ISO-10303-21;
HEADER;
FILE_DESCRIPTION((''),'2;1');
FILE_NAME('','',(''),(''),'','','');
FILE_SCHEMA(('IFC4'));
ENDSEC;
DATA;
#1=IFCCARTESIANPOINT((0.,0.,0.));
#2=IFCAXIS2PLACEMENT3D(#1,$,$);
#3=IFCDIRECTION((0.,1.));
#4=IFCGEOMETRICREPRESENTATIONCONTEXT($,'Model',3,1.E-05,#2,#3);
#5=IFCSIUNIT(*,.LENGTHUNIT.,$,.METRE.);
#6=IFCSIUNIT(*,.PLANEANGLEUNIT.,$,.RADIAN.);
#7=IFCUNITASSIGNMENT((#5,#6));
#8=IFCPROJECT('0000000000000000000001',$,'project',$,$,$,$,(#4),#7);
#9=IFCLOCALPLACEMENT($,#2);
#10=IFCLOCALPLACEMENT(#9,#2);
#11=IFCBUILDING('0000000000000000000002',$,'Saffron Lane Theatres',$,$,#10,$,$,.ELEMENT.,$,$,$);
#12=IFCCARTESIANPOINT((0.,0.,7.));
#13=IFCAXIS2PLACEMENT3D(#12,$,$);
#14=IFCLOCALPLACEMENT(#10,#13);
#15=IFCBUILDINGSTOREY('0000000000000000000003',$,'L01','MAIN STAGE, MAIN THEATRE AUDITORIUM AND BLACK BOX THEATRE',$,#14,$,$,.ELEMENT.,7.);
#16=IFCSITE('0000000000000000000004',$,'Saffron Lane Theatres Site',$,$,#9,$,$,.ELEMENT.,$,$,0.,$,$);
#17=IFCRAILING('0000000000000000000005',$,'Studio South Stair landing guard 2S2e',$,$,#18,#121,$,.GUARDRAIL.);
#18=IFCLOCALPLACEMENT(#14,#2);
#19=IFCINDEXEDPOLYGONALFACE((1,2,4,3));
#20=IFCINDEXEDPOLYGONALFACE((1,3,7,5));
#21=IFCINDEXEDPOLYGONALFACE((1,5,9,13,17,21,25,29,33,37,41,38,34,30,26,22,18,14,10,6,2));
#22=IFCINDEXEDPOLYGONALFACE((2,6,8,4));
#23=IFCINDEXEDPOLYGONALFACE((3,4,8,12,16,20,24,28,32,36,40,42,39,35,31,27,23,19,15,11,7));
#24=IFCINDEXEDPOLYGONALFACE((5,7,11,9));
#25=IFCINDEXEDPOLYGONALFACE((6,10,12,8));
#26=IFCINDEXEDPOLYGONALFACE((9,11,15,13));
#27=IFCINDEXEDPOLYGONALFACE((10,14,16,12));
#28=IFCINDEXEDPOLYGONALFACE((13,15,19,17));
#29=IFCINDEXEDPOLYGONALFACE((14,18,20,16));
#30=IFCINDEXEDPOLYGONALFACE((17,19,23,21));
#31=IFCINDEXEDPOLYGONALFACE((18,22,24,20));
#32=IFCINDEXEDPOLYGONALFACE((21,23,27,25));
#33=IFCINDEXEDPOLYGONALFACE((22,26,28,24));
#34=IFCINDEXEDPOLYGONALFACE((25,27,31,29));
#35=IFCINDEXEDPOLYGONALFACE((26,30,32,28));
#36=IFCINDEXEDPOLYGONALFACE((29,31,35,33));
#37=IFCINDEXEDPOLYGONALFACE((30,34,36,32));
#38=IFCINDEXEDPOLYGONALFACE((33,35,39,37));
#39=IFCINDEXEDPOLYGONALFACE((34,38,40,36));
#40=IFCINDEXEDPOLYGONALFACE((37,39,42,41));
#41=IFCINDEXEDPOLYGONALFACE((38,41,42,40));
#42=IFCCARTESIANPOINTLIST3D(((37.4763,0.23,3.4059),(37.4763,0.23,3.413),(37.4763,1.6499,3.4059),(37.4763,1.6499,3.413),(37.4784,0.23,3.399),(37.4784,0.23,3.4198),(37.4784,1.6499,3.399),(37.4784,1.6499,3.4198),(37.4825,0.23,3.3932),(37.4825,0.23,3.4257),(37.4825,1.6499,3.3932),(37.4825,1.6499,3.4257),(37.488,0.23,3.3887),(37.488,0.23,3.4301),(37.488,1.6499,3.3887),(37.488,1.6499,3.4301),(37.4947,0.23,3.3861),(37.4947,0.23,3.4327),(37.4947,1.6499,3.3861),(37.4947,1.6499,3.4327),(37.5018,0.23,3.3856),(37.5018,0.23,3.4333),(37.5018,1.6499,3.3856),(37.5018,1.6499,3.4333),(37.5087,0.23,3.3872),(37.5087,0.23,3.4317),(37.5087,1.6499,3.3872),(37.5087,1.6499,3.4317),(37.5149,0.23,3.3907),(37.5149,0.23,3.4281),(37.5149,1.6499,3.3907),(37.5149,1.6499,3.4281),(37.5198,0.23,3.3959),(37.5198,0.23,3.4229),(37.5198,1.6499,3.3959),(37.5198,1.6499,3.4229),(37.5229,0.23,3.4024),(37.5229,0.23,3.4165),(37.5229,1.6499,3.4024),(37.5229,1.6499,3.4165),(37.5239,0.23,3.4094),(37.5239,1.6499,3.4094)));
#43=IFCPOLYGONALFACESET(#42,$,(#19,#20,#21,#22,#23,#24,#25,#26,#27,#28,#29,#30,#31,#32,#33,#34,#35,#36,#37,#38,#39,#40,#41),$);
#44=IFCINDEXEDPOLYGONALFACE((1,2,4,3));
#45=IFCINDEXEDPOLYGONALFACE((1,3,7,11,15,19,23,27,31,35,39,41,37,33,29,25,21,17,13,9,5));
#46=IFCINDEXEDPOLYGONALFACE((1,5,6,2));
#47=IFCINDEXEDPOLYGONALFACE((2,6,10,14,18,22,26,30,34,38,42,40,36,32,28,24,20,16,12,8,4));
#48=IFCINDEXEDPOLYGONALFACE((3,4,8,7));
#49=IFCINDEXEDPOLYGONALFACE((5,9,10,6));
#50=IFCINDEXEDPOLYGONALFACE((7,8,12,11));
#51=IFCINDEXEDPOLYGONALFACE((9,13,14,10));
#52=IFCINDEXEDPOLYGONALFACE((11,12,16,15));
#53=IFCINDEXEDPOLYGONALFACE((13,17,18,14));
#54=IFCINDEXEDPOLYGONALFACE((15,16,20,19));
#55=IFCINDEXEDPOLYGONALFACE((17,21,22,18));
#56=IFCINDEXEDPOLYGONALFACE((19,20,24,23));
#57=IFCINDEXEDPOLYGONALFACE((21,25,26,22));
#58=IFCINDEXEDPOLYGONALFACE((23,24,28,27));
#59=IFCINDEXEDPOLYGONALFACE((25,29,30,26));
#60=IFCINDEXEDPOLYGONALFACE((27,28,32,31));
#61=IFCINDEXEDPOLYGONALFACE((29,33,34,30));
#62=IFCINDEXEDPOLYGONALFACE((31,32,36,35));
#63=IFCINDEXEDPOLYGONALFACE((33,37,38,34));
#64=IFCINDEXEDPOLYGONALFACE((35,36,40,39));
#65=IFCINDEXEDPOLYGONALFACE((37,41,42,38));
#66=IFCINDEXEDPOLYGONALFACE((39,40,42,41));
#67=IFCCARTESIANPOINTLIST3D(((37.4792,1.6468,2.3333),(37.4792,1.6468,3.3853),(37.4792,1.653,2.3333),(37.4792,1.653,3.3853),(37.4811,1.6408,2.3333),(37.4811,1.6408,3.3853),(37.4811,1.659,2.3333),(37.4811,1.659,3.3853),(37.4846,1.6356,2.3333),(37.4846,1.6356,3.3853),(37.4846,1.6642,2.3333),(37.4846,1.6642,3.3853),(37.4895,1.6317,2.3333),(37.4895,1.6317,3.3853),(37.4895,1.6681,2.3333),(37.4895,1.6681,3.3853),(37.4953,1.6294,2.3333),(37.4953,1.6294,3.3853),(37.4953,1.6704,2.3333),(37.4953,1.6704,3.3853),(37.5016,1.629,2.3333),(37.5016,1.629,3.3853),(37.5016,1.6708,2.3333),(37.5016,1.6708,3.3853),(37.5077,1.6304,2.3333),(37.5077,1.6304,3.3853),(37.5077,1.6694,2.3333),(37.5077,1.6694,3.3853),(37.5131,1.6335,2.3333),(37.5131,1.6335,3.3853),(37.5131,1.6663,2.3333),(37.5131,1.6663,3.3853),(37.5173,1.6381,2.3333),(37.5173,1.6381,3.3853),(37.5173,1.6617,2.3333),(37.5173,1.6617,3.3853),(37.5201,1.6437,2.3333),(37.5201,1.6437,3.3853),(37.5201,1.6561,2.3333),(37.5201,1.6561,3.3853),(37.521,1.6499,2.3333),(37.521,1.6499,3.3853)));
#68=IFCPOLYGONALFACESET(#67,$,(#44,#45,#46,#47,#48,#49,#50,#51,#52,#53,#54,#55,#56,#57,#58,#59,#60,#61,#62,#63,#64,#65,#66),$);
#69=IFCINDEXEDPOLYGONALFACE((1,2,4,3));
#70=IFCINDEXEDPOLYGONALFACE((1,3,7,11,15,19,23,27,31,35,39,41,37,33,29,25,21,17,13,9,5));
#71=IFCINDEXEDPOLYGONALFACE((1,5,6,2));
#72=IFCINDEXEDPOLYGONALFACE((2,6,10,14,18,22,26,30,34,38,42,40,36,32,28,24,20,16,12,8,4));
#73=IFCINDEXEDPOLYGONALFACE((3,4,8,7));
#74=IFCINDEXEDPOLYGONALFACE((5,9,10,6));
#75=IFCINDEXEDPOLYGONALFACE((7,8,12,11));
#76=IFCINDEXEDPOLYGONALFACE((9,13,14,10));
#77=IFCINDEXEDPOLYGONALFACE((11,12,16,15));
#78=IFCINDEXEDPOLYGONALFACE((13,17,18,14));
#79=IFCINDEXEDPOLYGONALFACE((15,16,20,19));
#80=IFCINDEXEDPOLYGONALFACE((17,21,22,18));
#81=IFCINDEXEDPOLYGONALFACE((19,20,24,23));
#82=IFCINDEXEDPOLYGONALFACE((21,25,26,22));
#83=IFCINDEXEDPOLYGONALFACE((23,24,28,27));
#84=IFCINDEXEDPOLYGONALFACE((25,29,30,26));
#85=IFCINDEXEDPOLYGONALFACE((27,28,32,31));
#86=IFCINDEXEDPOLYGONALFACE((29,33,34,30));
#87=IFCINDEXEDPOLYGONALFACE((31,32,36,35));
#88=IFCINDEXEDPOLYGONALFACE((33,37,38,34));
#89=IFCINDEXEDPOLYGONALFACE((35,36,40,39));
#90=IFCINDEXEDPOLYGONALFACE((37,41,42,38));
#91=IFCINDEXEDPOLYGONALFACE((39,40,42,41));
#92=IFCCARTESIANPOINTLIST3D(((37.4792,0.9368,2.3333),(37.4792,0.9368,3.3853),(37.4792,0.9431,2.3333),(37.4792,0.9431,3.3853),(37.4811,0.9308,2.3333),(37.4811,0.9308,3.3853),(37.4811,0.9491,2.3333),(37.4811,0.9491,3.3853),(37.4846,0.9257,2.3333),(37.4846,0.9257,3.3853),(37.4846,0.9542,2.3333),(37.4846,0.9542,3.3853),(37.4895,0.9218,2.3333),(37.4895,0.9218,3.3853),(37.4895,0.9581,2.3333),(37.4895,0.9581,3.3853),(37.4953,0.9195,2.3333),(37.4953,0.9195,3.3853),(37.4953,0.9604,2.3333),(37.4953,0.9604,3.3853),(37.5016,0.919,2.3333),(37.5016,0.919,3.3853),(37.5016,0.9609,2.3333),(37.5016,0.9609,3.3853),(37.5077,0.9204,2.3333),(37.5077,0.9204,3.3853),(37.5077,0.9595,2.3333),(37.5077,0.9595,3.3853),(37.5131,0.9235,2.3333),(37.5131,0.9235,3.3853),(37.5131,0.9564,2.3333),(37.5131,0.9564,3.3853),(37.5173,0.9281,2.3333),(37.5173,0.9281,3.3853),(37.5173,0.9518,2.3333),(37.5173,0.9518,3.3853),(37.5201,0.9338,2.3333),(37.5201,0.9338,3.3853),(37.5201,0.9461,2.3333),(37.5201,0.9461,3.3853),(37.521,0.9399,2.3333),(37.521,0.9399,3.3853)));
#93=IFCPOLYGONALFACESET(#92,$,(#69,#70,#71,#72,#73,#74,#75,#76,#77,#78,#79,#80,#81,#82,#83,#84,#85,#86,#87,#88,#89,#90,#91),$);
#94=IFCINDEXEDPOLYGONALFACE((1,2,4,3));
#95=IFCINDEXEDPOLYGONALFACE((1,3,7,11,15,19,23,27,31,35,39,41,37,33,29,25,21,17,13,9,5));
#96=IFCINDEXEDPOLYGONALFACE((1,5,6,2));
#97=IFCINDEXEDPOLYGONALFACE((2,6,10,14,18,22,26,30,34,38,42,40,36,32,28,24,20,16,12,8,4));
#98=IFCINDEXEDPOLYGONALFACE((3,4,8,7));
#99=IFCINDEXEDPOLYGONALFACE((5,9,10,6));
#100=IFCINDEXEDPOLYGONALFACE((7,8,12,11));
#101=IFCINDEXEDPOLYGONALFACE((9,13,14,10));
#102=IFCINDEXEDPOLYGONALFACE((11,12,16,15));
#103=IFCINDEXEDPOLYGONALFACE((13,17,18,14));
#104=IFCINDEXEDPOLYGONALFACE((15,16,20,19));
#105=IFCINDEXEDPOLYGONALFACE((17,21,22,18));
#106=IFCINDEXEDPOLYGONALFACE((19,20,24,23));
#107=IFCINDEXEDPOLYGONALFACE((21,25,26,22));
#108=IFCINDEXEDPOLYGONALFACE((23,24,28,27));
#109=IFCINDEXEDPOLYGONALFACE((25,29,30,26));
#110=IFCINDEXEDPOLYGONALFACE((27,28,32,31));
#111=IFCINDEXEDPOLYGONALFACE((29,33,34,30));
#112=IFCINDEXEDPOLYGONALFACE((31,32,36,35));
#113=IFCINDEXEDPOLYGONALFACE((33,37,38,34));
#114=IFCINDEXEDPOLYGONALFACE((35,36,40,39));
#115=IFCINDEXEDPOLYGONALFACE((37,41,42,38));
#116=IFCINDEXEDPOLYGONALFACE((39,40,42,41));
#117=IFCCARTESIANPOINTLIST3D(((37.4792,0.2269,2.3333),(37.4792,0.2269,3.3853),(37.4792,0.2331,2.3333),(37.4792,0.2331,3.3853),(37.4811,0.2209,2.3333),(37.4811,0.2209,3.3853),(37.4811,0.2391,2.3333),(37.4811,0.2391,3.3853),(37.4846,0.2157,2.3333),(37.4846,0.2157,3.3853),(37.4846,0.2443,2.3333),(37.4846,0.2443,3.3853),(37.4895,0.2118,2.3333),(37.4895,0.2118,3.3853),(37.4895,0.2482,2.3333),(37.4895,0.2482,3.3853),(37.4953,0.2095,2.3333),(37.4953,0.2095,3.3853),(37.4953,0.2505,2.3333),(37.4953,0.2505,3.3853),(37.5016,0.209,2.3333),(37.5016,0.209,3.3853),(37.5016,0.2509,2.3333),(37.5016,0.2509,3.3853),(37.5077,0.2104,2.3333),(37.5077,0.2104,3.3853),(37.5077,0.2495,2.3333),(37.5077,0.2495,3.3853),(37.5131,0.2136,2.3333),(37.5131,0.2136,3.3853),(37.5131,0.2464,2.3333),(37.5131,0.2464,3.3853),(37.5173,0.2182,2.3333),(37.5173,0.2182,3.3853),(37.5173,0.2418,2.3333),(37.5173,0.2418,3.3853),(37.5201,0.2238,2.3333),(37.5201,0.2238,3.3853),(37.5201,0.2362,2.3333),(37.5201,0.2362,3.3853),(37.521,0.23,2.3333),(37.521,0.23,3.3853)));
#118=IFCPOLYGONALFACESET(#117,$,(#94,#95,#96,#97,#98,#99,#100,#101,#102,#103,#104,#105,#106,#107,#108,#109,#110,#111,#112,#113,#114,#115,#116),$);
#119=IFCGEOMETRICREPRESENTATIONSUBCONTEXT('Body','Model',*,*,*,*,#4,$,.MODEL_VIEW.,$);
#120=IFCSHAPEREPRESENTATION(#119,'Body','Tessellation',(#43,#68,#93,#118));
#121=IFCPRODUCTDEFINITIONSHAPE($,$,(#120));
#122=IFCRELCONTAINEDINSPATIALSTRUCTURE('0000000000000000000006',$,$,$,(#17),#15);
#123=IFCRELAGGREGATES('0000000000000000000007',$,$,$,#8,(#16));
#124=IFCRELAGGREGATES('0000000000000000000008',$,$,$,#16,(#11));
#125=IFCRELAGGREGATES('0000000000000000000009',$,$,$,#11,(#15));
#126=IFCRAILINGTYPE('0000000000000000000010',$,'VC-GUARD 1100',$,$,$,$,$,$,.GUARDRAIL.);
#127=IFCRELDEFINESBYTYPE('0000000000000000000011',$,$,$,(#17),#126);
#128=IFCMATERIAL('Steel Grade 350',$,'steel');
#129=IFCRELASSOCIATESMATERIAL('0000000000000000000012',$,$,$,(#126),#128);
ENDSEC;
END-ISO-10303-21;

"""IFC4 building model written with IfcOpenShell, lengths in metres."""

from ifc_helpers import new_model, si_unit, direction, frame, origin, origin_2d, place, context, subcontext, project, spatial, circle, extrude, material, type_object, element, save


model = new_model("IFC4")

# Units and contexts
model_context = context("Model", 3, precision=1e-05, world=origin(), true_north=direction((0.0, 1.0)))
body_context = subcontext(model_context, "Body", "Model", "MODEL_VIEW")
ifc_project = project(units=[si_unit("LENGTHUNIT", "METRE"), si_unit("PLANEANGLEUNIT", "RADIAN")], contexts=[model_context])

# Site, building, storey
site_placement = place(None, origin())
site = spatial("IfcSite", under=ifc_project, at=site_placement, Name="Saffron Lane Theatres Site", CompositionType="ELEMENT", RefElevation=0.0)
building_placement = place(site_placement, origin())
building = spatial("IfcBuilding", under=site, at=building_placement, Name="Saffron Lane Theatres", CompositionType="ELEMENT")
storey_placement = place(building_placement, frame((0.0, 0.0, 7.0)))
storey = spatial("IfcBuildingStorey", under=building, at=storey_placement, Name="L01", Description="MAIN STAGE, MAIN THEATRE AUDITORIUM AND BLACK BOX THEATRE", CompositionType="ELEMENT", Elevation=7.0)

# Railing
ifc_material_1 = material(Name="Steel Grade 350", Category="steel")
railing_type_1 = type_object("IfcRailingType", Name="VC-GUARD 1100", PredefinedType="GUARDRAIL", material=ifc_material_1)
railing_1_placement = place(storey_placement, frame((37.5, 1.6499, 2.3333)))
element("IfcRailing", 1, at=railing_1_placement, inside=storey, type_object=railing_type_1, Name="Studio South Stair landing guard 2S2e", PredefinedType="GUARDRAIL", context=body_context, shape_type="SweptSolid", body=[
    extrude(circle(Radius=0.0239, at=origin_2d()), frame((0.0, 0.0, 1.0762), z_axis=(0.0, -1.0, 0.0), x_axis=(1.0, 0.0, 0.0)), (0.0, 0.0, 1.0), 1.4199),
    extrude(circle(Radius=0.021, at=origin_2d()), origin(), (0.0, 0.0, 1.0), 1.052),
    extrude(circle(Radius=0.021, at=origin_2d()), frame((0.0, -0.71, 0.0)), (0.0, 0.0, 1.0), 1.052),
    extrude(circle(Radius=0.021, at=origin_2d()), frame((0.0, -1.4199, 0.0)), (0.0, 0.0, 1.0), 1.052),
])

save(model, "model.ifc")
